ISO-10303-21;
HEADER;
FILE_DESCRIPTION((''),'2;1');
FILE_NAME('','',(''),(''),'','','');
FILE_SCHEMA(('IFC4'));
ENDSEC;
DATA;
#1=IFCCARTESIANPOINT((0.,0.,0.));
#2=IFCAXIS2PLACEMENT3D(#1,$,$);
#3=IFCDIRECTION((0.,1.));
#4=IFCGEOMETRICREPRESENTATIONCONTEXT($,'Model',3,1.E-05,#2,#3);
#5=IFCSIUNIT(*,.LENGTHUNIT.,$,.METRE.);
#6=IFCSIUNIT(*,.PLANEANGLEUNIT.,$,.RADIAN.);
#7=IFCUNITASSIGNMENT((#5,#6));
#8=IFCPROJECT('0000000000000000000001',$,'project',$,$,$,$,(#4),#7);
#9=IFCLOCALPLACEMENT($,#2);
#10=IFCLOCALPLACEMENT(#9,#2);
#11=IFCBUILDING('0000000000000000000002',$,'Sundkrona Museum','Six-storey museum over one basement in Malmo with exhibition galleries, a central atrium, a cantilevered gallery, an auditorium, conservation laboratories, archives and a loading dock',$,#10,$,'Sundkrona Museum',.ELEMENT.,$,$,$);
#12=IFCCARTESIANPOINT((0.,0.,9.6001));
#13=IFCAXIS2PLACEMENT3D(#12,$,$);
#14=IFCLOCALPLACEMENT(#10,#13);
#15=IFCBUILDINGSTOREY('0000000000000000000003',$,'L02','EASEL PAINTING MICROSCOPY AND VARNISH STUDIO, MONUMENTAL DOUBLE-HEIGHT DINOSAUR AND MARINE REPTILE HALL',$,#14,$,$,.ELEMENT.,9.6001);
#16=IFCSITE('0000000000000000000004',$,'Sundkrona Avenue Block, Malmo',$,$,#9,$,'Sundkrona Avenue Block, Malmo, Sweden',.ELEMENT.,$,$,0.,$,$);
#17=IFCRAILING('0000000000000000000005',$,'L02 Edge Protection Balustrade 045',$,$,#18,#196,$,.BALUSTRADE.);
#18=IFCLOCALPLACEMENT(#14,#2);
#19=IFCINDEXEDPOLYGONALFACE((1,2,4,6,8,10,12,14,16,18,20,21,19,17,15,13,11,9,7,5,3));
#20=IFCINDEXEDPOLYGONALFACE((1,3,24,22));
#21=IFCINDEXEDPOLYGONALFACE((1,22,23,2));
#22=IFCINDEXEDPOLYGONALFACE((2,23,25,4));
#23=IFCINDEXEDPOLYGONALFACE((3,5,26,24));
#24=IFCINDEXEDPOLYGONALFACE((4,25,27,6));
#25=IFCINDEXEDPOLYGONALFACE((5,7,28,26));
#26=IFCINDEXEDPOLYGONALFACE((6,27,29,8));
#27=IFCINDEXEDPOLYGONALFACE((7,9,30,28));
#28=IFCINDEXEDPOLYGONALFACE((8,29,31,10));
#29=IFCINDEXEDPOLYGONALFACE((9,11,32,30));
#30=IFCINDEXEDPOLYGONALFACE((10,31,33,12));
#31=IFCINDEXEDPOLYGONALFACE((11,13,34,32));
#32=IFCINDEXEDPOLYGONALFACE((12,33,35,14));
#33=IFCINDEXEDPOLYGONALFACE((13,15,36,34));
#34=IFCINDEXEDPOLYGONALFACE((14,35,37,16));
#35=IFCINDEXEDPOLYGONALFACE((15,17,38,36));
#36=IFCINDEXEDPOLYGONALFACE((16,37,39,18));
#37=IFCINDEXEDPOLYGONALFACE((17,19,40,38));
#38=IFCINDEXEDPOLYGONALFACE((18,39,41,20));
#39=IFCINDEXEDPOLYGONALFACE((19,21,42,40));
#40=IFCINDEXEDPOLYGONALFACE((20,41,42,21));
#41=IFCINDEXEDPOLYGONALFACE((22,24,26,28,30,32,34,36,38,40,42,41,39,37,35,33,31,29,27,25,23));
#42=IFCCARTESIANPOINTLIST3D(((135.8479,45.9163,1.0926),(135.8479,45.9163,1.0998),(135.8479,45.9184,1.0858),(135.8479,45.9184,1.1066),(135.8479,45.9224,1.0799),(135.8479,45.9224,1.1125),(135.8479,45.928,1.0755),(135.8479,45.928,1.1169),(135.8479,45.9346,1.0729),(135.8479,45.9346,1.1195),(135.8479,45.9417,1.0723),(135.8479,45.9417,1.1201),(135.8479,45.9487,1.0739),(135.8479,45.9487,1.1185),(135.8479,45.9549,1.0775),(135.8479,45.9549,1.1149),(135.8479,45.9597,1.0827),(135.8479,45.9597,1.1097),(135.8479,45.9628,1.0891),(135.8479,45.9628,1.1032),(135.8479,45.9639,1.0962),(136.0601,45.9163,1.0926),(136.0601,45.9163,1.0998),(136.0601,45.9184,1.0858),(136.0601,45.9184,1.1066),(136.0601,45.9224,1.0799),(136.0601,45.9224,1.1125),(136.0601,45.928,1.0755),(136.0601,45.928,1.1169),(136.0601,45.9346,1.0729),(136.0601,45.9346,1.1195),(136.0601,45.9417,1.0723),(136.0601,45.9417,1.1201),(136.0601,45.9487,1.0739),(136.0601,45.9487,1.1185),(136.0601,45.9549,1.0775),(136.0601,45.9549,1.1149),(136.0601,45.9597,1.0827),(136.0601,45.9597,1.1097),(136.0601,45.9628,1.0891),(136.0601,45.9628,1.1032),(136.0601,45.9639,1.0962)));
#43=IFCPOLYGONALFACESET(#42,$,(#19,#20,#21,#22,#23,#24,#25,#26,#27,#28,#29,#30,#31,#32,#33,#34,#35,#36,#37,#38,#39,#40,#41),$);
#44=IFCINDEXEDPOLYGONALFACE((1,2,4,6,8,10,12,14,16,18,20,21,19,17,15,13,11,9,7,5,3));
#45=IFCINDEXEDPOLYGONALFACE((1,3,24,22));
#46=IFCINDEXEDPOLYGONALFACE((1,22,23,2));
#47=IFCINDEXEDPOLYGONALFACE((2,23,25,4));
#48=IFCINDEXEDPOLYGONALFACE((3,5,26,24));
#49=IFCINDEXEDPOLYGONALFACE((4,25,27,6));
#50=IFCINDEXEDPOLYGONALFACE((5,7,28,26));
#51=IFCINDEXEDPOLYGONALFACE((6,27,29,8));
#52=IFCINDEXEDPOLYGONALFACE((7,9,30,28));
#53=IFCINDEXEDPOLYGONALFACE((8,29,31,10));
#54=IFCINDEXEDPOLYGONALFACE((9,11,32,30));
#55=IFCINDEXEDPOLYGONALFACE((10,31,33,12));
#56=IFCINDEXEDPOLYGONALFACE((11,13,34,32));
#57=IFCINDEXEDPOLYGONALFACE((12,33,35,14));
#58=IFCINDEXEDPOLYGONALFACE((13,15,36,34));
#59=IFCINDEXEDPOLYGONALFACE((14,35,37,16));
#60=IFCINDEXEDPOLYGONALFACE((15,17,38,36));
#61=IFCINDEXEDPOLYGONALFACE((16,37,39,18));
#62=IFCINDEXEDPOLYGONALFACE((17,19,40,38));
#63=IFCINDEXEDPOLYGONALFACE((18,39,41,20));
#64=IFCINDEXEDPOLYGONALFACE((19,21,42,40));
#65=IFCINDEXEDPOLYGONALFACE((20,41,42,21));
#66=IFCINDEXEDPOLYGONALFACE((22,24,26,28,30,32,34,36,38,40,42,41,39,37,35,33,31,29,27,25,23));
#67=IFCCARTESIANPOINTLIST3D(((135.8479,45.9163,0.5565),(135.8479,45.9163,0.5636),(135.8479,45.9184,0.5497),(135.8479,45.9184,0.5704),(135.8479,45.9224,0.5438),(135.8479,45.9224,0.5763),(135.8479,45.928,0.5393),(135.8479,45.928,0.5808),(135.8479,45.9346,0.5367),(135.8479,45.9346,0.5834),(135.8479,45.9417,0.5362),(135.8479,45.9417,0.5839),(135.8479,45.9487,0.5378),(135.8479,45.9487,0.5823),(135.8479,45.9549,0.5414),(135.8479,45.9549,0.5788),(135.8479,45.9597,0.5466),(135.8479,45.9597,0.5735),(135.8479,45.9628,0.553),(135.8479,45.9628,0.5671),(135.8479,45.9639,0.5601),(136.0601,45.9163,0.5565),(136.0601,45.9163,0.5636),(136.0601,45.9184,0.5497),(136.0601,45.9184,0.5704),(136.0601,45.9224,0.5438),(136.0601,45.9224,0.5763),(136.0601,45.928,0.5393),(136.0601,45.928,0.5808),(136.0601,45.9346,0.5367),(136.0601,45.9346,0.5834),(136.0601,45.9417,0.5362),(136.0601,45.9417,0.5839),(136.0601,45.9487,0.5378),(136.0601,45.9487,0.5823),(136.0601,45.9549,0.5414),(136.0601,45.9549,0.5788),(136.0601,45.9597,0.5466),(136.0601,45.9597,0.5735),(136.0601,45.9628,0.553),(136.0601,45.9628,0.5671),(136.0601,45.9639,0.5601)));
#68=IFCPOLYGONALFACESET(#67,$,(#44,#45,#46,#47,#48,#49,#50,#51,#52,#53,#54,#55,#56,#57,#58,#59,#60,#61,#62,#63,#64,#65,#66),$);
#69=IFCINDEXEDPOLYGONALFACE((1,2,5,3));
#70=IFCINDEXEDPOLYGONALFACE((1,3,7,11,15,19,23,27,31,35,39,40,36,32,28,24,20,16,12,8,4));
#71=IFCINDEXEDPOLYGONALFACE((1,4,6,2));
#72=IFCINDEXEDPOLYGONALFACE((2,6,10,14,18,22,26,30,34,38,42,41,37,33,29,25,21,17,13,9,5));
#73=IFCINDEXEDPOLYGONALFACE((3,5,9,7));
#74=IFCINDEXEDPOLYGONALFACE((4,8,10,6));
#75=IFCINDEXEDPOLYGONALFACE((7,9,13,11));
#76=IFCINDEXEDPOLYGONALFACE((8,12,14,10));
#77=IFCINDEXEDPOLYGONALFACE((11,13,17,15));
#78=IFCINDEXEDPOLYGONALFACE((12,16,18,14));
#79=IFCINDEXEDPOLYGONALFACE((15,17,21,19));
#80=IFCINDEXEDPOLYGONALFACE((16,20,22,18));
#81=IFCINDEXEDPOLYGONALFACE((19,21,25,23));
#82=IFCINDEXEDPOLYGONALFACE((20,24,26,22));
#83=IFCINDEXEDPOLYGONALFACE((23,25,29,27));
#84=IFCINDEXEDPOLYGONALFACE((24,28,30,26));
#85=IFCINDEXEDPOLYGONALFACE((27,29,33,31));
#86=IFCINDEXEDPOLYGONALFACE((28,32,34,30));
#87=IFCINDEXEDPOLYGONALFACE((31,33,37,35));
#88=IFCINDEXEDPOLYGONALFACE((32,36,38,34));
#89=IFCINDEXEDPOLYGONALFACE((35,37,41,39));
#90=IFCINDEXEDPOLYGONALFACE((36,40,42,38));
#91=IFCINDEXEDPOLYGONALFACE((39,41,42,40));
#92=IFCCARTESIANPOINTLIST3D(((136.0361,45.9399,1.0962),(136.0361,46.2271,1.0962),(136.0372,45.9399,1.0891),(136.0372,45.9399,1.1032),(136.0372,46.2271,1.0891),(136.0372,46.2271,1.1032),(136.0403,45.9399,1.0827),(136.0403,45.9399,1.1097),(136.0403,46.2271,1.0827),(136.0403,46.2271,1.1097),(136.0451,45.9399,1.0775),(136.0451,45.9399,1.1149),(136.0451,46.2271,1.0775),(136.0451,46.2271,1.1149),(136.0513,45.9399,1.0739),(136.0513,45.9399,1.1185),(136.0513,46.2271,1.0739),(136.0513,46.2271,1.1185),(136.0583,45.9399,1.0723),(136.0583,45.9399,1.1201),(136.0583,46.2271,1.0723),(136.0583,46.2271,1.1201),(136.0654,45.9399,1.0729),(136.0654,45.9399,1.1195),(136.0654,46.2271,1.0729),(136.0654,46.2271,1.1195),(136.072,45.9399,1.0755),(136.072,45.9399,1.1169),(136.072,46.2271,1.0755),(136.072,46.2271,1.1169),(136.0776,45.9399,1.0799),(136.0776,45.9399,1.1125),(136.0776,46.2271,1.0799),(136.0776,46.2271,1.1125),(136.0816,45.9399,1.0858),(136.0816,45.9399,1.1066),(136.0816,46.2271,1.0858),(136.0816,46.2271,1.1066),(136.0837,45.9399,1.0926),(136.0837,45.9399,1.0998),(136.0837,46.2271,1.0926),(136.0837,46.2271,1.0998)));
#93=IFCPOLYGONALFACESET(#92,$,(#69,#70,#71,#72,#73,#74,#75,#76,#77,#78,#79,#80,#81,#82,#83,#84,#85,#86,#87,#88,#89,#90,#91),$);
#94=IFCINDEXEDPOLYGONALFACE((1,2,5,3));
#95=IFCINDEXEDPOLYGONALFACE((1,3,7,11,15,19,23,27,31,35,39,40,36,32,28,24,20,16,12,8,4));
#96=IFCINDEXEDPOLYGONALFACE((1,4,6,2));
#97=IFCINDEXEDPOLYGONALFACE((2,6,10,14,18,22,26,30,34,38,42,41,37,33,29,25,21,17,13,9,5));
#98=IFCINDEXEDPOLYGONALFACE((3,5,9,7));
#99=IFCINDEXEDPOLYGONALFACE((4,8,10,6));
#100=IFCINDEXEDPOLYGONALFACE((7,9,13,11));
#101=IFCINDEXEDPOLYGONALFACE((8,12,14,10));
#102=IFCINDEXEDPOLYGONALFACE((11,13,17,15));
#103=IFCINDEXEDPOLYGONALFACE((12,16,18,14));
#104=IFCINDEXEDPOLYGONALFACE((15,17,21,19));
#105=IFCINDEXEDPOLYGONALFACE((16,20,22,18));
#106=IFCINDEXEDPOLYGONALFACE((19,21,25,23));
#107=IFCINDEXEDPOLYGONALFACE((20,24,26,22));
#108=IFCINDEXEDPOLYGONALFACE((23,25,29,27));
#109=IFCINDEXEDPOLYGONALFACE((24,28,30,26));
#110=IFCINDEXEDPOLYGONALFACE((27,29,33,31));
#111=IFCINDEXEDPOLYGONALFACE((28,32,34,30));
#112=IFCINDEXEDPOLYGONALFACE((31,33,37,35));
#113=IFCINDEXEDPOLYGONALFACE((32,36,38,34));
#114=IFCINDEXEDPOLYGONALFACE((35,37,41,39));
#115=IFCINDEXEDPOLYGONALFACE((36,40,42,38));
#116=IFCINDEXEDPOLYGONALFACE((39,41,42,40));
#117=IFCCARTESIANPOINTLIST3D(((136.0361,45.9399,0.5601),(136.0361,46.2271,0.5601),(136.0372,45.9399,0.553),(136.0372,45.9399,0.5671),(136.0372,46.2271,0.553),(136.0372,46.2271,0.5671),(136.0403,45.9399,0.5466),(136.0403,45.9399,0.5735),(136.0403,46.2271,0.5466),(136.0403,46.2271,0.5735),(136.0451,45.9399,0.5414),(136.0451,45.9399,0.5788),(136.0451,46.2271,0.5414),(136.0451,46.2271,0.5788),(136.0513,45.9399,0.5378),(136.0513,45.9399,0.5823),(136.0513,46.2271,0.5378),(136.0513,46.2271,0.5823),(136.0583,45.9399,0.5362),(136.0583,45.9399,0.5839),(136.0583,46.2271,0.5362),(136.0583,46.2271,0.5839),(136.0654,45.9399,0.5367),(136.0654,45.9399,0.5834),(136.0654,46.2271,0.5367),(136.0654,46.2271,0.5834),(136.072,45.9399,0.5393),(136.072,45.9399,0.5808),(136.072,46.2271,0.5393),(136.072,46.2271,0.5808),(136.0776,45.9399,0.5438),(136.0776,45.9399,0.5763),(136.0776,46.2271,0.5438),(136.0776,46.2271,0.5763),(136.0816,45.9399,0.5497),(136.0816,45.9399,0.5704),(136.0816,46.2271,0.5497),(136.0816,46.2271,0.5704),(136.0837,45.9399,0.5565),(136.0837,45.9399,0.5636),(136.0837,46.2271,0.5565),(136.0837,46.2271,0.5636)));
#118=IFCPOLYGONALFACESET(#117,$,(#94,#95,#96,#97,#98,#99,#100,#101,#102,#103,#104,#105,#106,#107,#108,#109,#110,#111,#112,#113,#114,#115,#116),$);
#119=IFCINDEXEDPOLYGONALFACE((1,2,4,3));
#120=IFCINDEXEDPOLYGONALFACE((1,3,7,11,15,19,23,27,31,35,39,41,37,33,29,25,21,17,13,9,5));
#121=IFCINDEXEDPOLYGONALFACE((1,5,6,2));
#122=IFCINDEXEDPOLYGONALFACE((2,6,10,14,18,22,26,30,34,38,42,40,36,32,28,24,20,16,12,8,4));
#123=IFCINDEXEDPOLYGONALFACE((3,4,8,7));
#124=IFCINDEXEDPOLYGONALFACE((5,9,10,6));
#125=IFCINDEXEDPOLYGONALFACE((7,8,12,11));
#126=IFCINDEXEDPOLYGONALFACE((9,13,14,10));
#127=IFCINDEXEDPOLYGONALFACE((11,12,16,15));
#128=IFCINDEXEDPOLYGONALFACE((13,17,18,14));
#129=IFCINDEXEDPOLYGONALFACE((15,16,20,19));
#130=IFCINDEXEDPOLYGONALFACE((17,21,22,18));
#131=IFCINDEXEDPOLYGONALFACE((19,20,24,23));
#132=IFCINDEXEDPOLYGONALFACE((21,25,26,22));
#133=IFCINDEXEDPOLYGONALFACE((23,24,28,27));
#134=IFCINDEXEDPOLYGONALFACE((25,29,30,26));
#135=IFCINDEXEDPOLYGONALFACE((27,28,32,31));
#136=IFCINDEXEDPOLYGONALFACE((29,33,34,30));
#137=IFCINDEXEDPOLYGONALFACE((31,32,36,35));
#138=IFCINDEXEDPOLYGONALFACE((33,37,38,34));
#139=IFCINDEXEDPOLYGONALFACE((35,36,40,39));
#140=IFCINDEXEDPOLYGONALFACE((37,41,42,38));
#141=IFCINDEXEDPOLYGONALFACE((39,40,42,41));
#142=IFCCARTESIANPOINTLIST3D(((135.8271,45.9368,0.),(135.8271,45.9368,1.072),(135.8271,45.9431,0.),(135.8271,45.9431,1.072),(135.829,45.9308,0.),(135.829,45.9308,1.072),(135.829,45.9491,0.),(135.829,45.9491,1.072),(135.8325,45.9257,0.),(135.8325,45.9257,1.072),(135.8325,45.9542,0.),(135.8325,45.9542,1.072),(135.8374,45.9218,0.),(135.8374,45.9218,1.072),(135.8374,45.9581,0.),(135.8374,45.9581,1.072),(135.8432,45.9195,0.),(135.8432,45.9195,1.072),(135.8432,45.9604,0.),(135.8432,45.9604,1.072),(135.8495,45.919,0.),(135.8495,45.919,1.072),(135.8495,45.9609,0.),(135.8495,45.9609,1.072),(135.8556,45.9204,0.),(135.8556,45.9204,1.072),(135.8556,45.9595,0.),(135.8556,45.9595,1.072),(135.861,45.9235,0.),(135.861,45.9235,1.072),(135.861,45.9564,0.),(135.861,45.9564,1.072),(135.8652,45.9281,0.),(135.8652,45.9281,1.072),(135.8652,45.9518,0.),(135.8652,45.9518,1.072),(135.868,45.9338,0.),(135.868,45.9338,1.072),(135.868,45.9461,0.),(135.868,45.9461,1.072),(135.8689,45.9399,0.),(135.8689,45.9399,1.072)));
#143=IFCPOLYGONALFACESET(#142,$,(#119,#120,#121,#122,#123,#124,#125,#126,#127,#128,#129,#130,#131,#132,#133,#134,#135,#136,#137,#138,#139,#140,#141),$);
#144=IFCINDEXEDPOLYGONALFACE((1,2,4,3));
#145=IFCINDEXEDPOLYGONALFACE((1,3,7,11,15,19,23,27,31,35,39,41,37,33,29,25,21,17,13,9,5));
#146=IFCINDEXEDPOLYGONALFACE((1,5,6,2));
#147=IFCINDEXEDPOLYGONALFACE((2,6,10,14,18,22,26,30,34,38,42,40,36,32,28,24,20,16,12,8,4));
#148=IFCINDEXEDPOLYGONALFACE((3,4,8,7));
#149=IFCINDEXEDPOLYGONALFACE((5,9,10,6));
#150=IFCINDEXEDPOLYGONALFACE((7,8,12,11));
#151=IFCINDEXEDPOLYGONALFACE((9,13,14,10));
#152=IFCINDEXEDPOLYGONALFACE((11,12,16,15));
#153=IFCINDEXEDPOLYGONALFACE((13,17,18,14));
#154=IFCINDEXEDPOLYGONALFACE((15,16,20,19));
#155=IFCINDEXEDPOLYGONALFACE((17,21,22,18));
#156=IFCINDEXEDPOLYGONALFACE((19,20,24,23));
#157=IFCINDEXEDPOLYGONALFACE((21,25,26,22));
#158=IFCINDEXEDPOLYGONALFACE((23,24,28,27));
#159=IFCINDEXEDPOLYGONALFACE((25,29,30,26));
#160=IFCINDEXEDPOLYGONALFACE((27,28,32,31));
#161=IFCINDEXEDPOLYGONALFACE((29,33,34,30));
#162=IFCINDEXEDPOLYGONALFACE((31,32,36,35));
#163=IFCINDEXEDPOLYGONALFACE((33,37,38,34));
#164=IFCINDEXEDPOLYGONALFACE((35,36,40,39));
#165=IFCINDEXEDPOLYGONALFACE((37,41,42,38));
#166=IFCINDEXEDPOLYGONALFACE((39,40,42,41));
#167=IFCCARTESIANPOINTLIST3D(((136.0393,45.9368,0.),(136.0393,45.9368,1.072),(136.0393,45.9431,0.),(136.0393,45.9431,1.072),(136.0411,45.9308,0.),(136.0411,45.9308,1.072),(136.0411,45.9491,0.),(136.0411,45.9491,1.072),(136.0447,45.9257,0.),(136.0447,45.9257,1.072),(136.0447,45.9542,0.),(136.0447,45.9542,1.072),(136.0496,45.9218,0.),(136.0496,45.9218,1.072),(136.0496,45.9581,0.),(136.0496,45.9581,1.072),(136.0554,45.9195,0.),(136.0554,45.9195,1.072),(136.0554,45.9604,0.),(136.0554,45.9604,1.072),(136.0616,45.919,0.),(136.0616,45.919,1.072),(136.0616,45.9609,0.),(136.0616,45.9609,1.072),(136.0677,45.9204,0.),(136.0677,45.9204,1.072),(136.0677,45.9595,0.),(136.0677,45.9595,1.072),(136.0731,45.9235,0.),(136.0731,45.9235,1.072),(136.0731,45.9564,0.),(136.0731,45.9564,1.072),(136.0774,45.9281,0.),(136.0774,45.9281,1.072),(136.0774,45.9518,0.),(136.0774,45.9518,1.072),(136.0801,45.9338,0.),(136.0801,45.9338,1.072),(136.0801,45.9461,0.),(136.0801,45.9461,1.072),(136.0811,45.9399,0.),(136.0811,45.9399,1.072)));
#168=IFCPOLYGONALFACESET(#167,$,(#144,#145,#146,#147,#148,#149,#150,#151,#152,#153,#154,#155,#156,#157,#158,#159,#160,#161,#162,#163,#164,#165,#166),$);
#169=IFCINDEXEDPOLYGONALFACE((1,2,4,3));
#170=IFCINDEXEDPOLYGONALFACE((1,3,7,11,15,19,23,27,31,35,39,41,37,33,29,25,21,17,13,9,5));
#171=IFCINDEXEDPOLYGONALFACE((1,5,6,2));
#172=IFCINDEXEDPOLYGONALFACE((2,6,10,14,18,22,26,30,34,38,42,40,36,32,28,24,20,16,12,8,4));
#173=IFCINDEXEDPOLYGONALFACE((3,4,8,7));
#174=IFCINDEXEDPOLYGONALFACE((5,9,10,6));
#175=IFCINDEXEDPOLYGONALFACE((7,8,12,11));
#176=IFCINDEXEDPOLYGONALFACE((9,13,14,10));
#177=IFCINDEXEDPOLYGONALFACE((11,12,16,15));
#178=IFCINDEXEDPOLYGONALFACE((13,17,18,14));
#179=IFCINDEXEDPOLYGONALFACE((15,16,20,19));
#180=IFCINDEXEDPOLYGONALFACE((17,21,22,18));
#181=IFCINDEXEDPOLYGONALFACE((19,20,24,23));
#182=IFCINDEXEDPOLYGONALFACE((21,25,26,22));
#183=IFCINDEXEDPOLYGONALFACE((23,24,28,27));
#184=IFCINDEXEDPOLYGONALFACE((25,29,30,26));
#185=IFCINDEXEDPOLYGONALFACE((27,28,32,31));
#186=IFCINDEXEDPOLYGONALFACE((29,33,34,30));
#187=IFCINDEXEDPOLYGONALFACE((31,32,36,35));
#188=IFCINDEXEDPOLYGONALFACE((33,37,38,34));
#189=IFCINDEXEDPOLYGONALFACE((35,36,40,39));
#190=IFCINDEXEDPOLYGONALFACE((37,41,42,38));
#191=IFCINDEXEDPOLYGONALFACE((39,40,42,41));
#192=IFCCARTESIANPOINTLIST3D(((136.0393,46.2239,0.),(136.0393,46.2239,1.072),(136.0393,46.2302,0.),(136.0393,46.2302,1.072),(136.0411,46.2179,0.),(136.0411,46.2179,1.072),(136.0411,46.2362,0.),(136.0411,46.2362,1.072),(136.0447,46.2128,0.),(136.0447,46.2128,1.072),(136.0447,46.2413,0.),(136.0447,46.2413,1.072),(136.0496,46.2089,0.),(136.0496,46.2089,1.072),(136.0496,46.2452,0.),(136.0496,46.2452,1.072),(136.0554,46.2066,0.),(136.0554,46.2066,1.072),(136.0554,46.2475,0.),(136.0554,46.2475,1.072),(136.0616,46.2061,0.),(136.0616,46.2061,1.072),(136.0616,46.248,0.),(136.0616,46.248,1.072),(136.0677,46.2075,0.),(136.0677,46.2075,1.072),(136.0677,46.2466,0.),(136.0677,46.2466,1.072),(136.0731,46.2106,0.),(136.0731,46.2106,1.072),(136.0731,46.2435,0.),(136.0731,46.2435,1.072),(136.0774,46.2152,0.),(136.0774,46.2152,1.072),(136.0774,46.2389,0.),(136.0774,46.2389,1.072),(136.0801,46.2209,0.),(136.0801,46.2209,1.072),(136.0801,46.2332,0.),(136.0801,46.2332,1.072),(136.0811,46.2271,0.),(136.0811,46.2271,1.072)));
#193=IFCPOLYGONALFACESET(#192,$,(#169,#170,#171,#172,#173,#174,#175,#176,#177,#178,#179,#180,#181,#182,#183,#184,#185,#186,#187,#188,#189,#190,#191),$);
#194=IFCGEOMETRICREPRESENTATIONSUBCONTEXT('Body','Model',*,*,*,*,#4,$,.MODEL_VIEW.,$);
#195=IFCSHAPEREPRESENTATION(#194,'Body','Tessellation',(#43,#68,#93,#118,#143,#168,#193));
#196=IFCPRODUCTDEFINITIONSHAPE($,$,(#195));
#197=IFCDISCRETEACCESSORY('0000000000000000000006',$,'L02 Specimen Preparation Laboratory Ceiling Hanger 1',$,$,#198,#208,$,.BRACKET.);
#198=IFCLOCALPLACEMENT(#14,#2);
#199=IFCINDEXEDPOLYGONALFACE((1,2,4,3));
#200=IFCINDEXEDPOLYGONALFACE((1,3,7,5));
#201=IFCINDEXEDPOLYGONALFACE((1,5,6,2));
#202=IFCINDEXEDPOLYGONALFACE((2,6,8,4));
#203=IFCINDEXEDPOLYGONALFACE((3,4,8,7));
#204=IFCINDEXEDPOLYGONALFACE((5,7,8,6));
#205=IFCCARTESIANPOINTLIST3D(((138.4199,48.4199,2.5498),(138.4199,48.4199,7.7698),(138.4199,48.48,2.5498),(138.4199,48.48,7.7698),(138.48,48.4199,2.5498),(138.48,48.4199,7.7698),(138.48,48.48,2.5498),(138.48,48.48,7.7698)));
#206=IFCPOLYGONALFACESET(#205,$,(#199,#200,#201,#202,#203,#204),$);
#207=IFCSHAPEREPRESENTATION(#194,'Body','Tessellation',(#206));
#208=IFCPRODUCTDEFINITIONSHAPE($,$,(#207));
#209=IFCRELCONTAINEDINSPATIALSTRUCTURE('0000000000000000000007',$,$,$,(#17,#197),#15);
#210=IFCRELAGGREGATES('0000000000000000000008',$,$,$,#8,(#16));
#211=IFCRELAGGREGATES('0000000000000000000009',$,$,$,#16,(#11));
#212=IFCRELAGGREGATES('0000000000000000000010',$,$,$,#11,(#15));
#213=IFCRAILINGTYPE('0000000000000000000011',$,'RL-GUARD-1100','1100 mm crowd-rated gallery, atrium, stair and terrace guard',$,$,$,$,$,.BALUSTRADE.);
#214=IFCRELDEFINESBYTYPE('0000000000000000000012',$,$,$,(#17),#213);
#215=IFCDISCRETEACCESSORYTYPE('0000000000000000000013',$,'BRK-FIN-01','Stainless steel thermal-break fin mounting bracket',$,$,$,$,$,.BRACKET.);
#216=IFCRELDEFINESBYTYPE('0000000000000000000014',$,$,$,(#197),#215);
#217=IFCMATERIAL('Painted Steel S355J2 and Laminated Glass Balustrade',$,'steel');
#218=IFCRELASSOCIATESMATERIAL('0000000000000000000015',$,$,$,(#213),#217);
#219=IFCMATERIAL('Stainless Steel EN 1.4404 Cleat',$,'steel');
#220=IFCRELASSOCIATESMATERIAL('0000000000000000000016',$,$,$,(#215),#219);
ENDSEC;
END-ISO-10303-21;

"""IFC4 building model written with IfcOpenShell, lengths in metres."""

from ifc_helpers import new_model, si_unit, direction, frame, origin, origin_2d, place, context, subcontext, project, spatial, rectangle, circle, extrude, material, type_object, element, save


model = new_model("IFC4")

# Units and contexts
model_context = context("Model", 3, precision=1e-05, world=origin(), true_north=direction((0.0, 1.0)))
body_context = subcontext(model_context, "Body", "Model", "MODEL_VIEW")
ifc_project = project(units=[si_unit("LENGTHUNIT", "METRE"), si_unit("PLANEANGLEUNIT", "RADIAN")], contexts=[model_context])

# Site, building, storey
site_placement = place(None, origin())
site = spatial("IfcSite", under=ifc_project, at=site_placement, Name="Sundkrona Avenue Block, Malmo", LongName="Sundkrona Avenue Block, Malmo, Sweden", CompositionType="ELEMENT", RefElevation=0.0)
building_placement = place(site_placement, origin())
building = spatial("IfcBuilding", under=site, at=building_placement, Name="Sundkrona Museum", Description="Six-storey museum over one basement in Malmo with exhibition galleries, a central atrium, a cantilevered gallery, an auditorium, conservation laboratories, archives and a loading dock", LongName="Sundkrona Museum", CompositionType="ELEMENT")
storey_placement = place(building_placement, frame((0.0, 0.0, 9.6001)))
storey = spatial("IfcBuildingStorey", under=building, at=storey_placement, Name="L02", Description="EASEL PAINTING MICROSCOPY AND VARNISH STUDIO, MONUMENTAL DOUBLE-HEIGHT DINOSAUR AND MARINE REPTILE HALL", CompositionType="ELEMENT", Elevation=9.6001)

# Railing
ifc_material_1 = material(Name="Painted Steel S355J2 and Laminated Glass Balustrade", Category="steel")
railing_type = type_object("IfcRailingType", Name="RL-GUARD-1100", Description="1100 mm crowd-rated gallery, atrium, stair and terrace guard", PredefinedType="BALUSTRADE", material=ifc_material_1)
railing_placement = place(storey_placement, frame((135.8479, 45.9399, 0.0)))
element("IfcRailing", 1, at=railing_placement, inside=storey, type_object=railing_type, Name="L02 Edge Protection Balustrade 045", PredefinedType="BALUSTRADE", context=body_context, shape_type="SweptSolid", body=[
    extrude(circle(Radius=0.0239, at=origin_2d()), frame((0.0, 0.0, 1.0962), z_axis=(1.0, 0.0, 0.0), x_axis=(0.0, 1.0, 0.0)), (0.0, 0.0, 1.0), 0.2122),
    extrude(circle(Radius=0.0239, at=origin_2d()), frame((0.0, 0.0, 0.5601), z_axis=(1.0, 0.0, 0.0), x_axis=(0.0, 1.0, 0.0)), (0.0, 0.0, 1.0), 0.2122),
    extrude(circle(Radius=0.0239, at=origin_2d()), frame((0.2122, 0.0, 1.0962), z_axis=(0.0, 1.0, 0.0), x_axis=(-1.0, 0.0, 0.0)), (0.0, 0.0, 1.0), 0.2871),
    extrude(circle(Radius=0.0239, at=origin_2d()), frame((0.2122, 0.0, 0.5601), z_axis=(0.0, 1.0, 0.0), x_axis=(-1.0, 0.0, 0.0)), (0.0, 0.0, 1.0), 0.2871),
    extrude(circle(Radius=0.021, at=origin_2d()), origin(), (0.0, 0.0, 1.0), 1.072),
    extrude(circle(Radius=0.021, at=origin_2d()), frame((0.2122, 0.0, 0.0)), (0.0, 0.0, 1.0), 1.072),
    extrude(circle(Radius=0.021, at=origin_2d()), frame((0.2122, 0.2871, 0.0)), (0.0, 0.0, 1.0), 1.072),
])

# Discrete accessory
ifc_material_2 = material(Name="Stainless Steel EN 1.4404 Cleat", Category="steel")
discrete_accessory_type = type_object("IfcDiscreteAccessoryType", Name="BRK-FIN-01", Description="Stainless steel thermal-break fin mounting bracket", PredefinedType="BRACKET", material=ifc_material_2)
discrete_accessory_placement = place(storey_placement, frame((138.45, 48.45, 2.5498), z_axis=(0.0, 0.0, 1.0), x_axis=(1.0, 0.0, 0.0)))
element("IfcDiscreteAccessory", 2, at=discrete_accessory_placement, inside=storey, type_object=discrete_accessory_type, Name="L02 Specimen Preparation Laboratory Ceiling Hanger 1", PredefinedType="BRACKET", context=body_context, shape_type="SweptSolid", body=[
    extrude(rectangle(XDim=0.0601, YDim=0.0601, at=origin_2d()), origin(), (0.0, 0.0, 1.0), 5.22),
])

save(model, "model.ifc")
